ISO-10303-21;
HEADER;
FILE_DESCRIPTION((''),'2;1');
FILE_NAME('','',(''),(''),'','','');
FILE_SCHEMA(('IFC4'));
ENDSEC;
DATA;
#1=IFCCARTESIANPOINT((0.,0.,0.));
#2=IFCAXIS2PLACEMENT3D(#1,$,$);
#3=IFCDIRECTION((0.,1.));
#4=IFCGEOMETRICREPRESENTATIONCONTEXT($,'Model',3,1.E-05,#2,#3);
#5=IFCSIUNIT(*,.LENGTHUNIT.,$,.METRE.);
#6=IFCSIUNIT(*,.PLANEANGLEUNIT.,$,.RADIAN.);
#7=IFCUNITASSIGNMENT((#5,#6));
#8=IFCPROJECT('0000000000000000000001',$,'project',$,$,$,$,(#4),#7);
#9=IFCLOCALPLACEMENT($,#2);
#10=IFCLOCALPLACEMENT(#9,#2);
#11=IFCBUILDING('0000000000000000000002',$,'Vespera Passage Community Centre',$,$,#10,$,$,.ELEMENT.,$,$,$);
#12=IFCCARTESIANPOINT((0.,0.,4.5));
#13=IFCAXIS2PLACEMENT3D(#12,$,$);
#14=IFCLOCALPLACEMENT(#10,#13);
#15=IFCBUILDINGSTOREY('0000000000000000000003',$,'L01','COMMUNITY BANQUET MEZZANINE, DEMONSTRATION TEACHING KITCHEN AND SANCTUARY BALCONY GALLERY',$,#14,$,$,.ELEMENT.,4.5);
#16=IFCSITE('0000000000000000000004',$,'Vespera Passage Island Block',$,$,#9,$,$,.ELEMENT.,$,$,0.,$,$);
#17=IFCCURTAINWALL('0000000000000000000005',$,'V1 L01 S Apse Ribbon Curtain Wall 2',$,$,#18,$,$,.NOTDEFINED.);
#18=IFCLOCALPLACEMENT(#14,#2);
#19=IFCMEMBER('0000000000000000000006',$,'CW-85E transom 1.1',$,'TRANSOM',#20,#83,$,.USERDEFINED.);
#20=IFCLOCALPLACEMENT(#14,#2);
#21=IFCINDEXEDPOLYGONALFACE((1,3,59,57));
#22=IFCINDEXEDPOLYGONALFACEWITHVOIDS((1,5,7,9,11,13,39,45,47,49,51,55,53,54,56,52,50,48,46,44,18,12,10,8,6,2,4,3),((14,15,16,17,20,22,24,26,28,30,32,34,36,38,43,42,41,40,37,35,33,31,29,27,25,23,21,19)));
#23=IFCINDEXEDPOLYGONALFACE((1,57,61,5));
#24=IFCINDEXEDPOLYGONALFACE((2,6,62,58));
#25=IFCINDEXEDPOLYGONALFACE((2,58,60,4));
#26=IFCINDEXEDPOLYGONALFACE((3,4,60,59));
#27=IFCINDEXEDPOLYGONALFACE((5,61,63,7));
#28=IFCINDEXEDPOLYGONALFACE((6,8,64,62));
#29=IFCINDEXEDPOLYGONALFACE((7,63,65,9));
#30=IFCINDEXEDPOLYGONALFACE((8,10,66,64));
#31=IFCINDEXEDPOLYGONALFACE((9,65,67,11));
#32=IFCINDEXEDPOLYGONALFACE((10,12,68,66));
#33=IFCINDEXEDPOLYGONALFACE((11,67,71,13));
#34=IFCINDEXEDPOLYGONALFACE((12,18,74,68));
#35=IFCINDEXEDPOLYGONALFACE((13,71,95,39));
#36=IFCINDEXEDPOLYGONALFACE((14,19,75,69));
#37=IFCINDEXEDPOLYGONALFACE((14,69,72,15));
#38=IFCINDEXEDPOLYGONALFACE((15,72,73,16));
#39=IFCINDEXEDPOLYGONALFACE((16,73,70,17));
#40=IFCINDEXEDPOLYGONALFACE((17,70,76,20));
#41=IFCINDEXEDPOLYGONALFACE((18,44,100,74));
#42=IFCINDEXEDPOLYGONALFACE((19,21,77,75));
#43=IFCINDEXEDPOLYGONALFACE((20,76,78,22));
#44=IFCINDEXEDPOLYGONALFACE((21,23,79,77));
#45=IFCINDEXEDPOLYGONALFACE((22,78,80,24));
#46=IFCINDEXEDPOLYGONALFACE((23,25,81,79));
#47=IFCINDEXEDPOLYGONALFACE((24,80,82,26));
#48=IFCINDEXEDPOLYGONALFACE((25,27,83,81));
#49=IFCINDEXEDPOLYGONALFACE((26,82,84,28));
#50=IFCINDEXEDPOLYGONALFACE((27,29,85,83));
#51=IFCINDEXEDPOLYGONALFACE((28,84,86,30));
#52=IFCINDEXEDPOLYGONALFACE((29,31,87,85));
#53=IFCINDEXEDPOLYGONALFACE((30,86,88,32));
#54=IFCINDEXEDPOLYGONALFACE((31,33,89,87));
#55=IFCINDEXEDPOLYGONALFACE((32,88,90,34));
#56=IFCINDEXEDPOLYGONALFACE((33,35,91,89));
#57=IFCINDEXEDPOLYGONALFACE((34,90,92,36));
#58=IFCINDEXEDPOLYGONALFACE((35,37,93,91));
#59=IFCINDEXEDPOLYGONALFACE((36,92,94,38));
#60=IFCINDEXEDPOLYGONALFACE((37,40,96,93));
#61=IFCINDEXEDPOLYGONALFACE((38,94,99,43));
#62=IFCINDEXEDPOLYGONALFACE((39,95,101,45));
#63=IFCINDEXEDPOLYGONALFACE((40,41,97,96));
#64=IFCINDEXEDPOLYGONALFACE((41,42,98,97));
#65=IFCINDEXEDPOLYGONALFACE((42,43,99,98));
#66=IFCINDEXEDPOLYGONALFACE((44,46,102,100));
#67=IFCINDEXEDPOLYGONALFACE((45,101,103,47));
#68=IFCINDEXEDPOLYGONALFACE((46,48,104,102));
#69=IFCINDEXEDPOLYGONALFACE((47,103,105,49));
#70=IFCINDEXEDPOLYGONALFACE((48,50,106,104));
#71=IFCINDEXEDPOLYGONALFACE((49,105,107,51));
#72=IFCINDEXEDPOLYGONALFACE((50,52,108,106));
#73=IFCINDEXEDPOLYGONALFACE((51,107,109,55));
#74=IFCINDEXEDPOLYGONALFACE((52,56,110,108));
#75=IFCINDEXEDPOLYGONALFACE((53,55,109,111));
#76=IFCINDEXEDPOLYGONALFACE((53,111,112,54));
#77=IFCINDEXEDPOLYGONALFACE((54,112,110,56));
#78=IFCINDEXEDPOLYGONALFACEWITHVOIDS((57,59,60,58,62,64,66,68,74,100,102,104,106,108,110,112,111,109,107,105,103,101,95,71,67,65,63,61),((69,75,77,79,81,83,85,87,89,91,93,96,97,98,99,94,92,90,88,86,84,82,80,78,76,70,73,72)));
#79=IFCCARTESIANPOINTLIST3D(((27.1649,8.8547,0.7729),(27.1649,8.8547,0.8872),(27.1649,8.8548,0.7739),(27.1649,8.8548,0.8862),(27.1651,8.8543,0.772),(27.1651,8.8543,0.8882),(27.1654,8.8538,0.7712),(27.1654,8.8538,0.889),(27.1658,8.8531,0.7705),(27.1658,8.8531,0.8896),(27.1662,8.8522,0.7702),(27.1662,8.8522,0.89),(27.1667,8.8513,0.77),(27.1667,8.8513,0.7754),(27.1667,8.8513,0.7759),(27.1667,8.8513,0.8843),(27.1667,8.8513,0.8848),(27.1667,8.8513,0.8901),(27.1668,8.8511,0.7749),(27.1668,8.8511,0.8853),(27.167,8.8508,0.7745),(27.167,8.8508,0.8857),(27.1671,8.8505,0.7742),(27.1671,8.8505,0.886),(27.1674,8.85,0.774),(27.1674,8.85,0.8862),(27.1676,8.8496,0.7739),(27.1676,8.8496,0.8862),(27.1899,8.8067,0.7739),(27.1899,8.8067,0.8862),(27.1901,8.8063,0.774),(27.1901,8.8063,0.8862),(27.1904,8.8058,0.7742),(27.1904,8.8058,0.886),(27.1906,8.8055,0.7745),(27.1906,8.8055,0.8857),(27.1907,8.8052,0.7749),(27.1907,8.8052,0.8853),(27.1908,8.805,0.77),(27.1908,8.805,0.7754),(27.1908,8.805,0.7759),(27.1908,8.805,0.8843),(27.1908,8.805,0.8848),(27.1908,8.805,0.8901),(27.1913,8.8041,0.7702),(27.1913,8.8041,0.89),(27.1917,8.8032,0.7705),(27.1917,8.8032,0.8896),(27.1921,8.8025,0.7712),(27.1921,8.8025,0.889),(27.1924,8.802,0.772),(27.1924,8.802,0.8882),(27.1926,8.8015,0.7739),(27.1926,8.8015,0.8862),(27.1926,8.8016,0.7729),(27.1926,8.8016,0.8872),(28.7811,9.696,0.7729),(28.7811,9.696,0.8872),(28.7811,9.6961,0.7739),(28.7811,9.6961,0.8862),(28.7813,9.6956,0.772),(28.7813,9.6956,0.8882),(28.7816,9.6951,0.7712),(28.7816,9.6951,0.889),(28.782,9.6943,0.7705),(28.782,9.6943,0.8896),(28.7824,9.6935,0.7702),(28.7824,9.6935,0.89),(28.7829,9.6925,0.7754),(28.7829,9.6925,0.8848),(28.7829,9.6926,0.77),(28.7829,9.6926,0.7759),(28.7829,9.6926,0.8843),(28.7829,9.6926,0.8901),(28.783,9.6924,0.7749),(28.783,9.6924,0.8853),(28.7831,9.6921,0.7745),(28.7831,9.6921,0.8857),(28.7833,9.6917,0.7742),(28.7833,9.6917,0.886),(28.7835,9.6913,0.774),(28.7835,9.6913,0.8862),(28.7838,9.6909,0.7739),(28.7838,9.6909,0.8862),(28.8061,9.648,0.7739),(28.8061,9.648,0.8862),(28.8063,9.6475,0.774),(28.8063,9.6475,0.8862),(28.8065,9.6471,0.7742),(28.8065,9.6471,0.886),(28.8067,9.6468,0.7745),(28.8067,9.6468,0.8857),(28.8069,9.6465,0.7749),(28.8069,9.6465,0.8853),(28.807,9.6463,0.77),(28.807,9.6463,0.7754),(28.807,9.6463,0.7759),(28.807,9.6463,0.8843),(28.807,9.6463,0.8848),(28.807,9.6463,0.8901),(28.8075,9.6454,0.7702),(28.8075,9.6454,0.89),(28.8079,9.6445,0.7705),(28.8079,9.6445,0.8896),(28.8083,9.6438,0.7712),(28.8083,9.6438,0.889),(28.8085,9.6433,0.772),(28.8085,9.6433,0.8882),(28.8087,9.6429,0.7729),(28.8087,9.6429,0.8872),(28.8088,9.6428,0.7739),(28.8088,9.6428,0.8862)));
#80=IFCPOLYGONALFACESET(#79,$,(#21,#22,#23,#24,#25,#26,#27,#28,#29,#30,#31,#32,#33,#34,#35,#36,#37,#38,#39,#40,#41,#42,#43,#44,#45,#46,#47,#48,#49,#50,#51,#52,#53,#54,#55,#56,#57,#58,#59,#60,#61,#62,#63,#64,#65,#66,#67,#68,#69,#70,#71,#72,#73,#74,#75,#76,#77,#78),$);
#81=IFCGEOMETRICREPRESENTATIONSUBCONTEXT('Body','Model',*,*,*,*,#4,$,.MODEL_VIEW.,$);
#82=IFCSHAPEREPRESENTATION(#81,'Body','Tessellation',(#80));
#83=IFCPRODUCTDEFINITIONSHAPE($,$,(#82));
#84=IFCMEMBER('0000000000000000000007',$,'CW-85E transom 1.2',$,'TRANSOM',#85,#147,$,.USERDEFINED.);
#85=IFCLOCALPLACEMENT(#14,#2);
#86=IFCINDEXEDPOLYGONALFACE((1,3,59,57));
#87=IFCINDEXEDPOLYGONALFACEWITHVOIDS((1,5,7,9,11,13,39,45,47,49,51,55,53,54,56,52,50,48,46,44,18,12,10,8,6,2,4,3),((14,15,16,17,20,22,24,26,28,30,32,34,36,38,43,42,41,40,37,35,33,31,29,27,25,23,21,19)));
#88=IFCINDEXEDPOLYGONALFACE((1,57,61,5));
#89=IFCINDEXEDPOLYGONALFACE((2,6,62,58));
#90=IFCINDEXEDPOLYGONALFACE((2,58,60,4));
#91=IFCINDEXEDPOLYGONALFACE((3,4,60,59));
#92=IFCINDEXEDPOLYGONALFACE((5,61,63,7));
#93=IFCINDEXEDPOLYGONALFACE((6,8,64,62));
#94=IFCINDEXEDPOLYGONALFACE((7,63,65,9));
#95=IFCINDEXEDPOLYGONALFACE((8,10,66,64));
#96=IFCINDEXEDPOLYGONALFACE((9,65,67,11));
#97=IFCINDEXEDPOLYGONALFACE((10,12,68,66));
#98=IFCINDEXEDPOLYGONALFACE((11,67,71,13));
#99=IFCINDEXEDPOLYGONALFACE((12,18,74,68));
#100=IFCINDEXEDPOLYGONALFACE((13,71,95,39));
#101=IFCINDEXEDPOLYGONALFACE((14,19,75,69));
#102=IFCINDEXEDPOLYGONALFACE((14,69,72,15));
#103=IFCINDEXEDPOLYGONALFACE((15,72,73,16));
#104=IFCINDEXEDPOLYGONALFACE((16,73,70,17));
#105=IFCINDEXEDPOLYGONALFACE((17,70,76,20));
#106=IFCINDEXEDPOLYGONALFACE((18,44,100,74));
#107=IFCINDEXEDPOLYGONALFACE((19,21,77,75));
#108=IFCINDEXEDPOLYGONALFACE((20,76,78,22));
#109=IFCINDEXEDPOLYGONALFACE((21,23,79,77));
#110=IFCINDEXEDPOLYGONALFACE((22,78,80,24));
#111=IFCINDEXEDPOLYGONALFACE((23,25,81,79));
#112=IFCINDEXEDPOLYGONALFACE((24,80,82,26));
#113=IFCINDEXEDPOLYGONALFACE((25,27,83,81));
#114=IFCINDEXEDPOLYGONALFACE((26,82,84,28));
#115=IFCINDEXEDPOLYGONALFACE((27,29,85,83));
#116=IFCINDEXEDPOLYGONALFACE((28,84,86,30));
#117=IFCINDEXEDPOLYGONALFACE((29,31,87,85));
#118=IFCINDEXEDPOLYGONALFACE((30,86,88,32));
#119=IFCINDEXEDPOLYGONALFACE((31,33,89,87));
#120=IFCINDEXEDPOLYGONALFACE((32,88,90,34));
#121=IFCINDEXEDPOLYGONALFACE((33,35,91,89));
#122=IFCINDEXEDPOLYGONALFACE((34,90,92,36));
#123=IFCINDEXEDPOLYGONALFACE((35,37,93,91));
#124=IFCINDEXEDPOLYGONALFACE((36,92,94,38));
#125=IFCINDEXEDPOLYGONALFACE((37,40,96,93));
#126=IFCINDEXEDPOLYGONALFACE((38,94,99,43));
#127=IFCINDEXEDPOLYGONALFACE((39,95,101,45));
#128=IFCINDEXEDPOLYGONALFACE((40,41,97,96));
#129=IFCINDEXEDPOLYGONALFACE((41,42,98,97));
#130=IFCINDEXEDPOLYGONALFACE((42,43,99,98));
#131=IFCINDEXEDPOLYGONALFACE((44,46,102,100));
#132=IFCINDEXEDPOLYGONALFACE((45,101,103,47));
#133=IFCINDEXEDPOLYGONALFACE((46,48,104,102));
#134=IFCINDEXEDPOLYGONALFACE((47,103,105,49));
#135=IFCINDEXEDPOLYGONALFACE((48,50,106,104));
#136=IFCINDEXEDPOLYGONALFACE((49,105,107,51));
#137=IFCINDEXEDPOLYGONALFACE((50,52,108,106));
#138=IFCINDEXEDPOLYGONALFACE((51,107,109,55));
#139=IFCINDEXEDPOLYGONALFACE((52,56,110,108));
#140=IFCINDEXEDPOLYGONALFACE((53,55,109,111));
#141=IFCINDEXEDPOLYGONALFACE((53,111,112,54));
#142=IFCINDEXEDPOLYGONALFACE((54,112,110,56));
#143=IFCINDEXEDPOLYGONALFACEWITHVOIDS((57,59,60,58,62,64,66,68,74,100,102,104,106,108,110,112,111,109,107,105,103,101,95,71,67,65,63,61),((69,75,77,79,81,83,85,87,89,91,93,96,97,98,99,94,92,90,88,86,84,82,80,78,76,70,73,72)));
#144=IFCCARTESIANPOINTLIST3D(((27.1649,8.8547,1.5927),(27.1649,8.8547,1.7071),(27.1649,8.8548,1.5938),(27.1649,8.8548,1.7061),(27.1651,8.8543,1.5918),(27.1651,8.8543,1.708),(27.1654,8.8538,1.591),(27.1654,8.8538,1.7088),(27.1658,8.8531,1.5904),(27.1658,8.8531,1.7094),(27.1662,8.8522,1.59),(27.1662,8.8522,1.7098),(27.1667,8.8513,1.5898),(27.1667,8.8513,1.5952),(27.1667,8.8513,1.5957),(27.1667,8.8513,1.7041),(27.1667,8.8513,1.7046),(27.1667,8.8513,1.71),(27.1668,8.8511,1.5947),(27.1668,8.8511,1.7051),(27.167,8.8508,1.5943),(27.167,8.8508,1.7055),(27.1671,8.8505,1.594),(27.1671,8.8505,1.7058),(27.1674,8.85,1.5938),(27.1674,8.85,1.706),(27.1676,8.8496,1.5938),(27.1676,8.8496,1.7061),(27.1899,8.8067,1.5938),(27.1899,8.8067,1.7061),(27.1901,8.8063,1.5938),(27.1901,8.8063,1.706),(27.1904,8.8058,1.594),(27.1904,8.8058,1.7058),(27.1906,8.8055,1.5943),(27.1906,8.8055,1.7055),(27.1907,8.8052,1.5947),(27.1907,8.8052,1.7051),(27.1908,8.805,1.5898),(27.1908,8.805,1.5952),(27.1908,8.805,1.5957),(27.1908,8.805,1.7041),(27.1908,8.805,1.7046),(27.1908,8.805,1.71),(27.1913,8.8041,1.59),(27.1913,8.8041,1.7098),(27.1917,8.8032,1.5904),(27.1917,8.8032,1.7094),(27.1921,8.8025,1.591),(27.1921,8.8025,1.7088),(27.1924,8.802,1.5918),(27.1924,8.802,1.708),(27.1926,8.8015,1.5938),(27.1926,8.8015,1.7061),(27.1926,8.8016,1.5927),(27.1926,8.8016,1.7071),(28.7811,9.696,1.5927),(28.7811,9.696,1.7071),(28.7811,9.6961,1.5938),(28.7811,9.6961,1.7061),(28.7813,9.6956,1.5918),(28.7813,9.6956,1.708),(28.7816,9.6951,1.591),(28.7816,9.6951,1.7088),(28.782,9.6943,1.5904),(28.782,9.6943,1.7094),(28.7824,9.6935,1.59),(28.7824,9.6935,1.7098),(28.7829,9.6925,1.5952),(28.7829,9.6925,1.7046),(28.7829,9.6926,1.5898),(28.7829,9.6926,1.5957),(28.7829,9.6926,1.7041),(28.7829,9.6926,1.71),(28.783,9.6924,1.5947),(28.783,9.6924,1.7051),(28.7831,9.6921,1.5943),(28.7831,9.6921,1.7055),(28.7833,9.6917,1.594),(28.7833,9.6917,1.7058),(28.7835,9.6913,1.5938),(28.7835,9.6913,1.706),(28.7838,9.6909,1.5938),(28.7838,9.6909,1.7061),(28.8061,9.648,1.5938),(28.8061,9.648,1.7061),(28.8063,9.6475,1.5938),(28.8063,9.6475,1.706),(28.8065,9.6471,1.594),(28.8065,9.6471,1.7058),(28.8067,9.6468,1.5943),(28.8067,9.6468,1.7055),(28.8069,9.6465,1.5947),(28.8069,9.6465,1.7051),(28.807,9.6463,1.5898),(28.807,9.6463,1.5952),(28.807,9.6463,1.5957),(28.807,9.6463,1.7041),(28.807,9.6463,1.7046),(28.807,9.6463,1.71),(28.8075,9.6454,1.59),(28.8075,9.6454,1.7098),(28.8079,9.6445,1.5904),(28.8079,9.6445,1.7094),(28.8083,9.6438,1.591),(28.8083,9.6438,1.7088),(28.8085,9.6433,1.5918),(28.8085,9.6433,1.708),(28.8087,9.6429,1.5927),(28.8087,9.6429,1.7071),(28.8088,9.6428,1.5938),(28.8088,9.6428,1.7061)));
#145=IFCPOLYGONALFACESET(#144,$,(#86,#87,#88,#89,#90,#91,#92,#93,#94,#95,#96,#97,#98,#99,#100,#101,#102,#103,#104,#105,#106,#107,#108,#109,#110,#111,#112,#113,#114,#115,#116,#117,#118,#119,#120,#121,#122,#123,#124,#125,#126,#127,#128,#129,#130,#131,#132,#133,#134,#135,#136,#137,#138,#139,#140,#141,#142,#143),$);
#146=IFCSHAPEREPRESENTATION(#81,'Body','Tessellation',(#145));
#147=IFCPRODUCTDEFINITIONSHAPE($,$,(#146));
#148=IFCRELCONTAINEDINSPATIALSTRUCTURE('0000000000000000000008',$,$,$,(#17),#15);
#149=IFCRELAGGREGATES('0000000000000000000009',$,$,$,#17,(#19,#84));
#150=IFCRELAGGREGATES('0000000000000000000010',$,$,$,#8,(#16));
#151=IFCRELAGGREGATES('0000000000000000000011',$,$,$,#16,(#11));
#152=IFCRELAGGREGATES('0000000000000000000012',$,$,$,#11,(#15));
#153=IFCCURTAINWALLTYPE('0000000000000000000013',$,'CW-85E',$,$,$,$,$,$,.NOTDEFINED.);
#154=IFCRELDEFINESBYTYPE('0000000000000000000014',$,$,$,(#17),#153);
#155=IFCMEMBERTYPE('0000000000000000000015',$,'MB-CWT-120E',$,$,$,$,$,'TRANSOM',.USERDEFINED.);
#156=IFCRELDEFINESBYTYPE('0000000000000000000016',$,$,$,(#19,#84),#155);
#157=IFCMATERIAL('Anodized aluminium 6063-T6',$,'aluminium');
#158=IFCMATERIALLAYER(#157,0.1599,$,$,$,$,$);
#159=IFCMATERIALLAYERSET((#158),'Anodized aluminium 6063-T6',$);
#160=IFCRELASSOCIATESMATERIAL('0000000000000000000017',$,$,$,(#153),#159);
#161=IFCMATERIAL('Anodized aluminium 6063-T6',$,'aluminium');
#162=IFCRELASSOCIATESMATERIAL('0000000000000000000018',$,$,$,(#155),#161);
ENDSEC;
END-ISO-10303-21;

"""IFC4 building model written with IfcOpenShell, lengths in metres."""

from ifc_helpers import new_model, si_unit, direction, frame, origin, origin_2d, place, context, subcontext, project, spatial, hollow_rectangle, extrude, material, layer, layer_set, material_profile, profile_set, type_object, element, aggregate, save


model = new_model("IFC4")

# Units and contexts
model_context = context("Model", 3, precision=1e-05, world=origin(), true_north=direction((0.0, 1.0)))
body_context = subcontext(model_context, "Body", "Model", "MODEL_VIEW")
ifc_project = project(units=[si_unit("LENGTHUNIT", "METRE"), si_unit("PLANEANGLEUNIT", "RADIAN")], contexts=[model_context])

# Site, building, storey
site_placement = place(None, origin())
site = spatial("IfcSite", under=ifc_project, at=site_placement, Name="Vespera Passage Island Block", CompositionType="ELEMENT", RefElevation=0.0)
building_placement = place(site_placement, origin())
building = spatial("IfcBuilding", under=site, at=building_placement, Name="Vespera Passage Community Centre", CompositionType="ELEMENT")
storey_placement = place(building_placement, frame((0.0, 0.0, 4.5)))
storey = spatial("IfcBuildingStorey", under=building, at=storey_placement, Name="L01", Description="COMMUNITY BANQUET MEZZANINE, DEMONSTRATION TEACHING KITCHEN AND SANCTUARY BALCONY GALLERY", CompositionType="ELEMENT", Elevation=4.5)

# Curtain wall
ifc_material_1 = material(Name="Anodized aluminium 6063-T6", Category="aluminium")
ifc_layer_1 = layer(ifc_material_1, 0.1599)
ifc_layer_set_1 = layer_set([ifc_layer_1], Name="Anodized aluminium 6063-T6")
curtain_wall_type_1 = type_object("IfcCurtainWallType", Name="CW-85E", PredefinedType="NOTDEFINED", material=ifc_layer_set_1)
curtain_wall_1_placement = place(storey_placement, origin())
curtain_wall_1 = element("IfcCurtainWall", 1, at=curtain_wall_1_placement, inside=storey, type_object=curtain_wall_type_1, Name="V1 L01 S Apse Ribbon Curtain Wall 2", PredefinedType="NOTDEFINED")

# Members
ifc_material_2 = material(Name="Anodized aluminium 6063-T6", Category="aluminium")
ifc_material_profile_1 = material_profile(ifc_material_2, hollow_rectangle(XDim=0.0601, YDim=0.1201, WallThickness=0.0039, InnerFilletRadius=0.002, OuterFilletRadius=0.0039, at=origin_2d()), Name="ALU120X60X4")
ifc_profile_set_1 = profile_set([ifc_material_profile_1], Name="Anodized aluminium 6063-T6")
member_type_1 = type_object("IfcMemberType", Name="MB-CWT-120E", ElementType="TRANSOM", PredefinedType="USERDEFINED", material=ifc_profile_set_1)
member_1_placement = place(storey_placement, frame((28.7949, 9.6694, 0.8301), z_axis=(-0.887019, -0.461732, 0.0), x_axis=(0.461732, -0.887019, 0.0)))
member_1 = element("IfcMember", 2, at=member_1_placement, type_object=member_type_1, Name="CW-85E transom 1.1", ObjectType="TRANSOM", PredefinedType="USERDEFINED", context=body_context, shape_type="SweptSolid", body=[
    extrude(hollow_rectangle(XDim=0.0601, YDim=0.1201, WallThickness=0.0039, InnerFilletRadius=0.002, OuterFilletRadius=0.0039, at=origin_2d()), origin(), (0.0, 0.0, 1.0), 1.822),
])
member_2_placement = place(storey_placement, frame((28.7949, 9.6694, 1.6499), z_axis=(-0.887019, -0.461732, 0.0), x_axis=(0.461732, -0.887019, 0.0)))
member_2 = element("IfcMember", 3, at=member_2_placement, type_object=member_type_1, Name="CW-85E transom 1.2", ObjectType="TRANSOM", PredefinedType="USERDEFINED", context=body_context, shape_type="SweptSolid", body=[
    extrude(hollow_rectangle(XDim=0.0601, YDim=0.1201, WallThickness=0.0039, InnerFilletRadius=0.002, OuterFilletRadius=0.0039, at=origin_2d()), origin(), (0.0, 0.0, 1.0), 1.822),
])

aggregate(curtain_wall_1, [member_1, member_2])

save(model, "model.ifc")
